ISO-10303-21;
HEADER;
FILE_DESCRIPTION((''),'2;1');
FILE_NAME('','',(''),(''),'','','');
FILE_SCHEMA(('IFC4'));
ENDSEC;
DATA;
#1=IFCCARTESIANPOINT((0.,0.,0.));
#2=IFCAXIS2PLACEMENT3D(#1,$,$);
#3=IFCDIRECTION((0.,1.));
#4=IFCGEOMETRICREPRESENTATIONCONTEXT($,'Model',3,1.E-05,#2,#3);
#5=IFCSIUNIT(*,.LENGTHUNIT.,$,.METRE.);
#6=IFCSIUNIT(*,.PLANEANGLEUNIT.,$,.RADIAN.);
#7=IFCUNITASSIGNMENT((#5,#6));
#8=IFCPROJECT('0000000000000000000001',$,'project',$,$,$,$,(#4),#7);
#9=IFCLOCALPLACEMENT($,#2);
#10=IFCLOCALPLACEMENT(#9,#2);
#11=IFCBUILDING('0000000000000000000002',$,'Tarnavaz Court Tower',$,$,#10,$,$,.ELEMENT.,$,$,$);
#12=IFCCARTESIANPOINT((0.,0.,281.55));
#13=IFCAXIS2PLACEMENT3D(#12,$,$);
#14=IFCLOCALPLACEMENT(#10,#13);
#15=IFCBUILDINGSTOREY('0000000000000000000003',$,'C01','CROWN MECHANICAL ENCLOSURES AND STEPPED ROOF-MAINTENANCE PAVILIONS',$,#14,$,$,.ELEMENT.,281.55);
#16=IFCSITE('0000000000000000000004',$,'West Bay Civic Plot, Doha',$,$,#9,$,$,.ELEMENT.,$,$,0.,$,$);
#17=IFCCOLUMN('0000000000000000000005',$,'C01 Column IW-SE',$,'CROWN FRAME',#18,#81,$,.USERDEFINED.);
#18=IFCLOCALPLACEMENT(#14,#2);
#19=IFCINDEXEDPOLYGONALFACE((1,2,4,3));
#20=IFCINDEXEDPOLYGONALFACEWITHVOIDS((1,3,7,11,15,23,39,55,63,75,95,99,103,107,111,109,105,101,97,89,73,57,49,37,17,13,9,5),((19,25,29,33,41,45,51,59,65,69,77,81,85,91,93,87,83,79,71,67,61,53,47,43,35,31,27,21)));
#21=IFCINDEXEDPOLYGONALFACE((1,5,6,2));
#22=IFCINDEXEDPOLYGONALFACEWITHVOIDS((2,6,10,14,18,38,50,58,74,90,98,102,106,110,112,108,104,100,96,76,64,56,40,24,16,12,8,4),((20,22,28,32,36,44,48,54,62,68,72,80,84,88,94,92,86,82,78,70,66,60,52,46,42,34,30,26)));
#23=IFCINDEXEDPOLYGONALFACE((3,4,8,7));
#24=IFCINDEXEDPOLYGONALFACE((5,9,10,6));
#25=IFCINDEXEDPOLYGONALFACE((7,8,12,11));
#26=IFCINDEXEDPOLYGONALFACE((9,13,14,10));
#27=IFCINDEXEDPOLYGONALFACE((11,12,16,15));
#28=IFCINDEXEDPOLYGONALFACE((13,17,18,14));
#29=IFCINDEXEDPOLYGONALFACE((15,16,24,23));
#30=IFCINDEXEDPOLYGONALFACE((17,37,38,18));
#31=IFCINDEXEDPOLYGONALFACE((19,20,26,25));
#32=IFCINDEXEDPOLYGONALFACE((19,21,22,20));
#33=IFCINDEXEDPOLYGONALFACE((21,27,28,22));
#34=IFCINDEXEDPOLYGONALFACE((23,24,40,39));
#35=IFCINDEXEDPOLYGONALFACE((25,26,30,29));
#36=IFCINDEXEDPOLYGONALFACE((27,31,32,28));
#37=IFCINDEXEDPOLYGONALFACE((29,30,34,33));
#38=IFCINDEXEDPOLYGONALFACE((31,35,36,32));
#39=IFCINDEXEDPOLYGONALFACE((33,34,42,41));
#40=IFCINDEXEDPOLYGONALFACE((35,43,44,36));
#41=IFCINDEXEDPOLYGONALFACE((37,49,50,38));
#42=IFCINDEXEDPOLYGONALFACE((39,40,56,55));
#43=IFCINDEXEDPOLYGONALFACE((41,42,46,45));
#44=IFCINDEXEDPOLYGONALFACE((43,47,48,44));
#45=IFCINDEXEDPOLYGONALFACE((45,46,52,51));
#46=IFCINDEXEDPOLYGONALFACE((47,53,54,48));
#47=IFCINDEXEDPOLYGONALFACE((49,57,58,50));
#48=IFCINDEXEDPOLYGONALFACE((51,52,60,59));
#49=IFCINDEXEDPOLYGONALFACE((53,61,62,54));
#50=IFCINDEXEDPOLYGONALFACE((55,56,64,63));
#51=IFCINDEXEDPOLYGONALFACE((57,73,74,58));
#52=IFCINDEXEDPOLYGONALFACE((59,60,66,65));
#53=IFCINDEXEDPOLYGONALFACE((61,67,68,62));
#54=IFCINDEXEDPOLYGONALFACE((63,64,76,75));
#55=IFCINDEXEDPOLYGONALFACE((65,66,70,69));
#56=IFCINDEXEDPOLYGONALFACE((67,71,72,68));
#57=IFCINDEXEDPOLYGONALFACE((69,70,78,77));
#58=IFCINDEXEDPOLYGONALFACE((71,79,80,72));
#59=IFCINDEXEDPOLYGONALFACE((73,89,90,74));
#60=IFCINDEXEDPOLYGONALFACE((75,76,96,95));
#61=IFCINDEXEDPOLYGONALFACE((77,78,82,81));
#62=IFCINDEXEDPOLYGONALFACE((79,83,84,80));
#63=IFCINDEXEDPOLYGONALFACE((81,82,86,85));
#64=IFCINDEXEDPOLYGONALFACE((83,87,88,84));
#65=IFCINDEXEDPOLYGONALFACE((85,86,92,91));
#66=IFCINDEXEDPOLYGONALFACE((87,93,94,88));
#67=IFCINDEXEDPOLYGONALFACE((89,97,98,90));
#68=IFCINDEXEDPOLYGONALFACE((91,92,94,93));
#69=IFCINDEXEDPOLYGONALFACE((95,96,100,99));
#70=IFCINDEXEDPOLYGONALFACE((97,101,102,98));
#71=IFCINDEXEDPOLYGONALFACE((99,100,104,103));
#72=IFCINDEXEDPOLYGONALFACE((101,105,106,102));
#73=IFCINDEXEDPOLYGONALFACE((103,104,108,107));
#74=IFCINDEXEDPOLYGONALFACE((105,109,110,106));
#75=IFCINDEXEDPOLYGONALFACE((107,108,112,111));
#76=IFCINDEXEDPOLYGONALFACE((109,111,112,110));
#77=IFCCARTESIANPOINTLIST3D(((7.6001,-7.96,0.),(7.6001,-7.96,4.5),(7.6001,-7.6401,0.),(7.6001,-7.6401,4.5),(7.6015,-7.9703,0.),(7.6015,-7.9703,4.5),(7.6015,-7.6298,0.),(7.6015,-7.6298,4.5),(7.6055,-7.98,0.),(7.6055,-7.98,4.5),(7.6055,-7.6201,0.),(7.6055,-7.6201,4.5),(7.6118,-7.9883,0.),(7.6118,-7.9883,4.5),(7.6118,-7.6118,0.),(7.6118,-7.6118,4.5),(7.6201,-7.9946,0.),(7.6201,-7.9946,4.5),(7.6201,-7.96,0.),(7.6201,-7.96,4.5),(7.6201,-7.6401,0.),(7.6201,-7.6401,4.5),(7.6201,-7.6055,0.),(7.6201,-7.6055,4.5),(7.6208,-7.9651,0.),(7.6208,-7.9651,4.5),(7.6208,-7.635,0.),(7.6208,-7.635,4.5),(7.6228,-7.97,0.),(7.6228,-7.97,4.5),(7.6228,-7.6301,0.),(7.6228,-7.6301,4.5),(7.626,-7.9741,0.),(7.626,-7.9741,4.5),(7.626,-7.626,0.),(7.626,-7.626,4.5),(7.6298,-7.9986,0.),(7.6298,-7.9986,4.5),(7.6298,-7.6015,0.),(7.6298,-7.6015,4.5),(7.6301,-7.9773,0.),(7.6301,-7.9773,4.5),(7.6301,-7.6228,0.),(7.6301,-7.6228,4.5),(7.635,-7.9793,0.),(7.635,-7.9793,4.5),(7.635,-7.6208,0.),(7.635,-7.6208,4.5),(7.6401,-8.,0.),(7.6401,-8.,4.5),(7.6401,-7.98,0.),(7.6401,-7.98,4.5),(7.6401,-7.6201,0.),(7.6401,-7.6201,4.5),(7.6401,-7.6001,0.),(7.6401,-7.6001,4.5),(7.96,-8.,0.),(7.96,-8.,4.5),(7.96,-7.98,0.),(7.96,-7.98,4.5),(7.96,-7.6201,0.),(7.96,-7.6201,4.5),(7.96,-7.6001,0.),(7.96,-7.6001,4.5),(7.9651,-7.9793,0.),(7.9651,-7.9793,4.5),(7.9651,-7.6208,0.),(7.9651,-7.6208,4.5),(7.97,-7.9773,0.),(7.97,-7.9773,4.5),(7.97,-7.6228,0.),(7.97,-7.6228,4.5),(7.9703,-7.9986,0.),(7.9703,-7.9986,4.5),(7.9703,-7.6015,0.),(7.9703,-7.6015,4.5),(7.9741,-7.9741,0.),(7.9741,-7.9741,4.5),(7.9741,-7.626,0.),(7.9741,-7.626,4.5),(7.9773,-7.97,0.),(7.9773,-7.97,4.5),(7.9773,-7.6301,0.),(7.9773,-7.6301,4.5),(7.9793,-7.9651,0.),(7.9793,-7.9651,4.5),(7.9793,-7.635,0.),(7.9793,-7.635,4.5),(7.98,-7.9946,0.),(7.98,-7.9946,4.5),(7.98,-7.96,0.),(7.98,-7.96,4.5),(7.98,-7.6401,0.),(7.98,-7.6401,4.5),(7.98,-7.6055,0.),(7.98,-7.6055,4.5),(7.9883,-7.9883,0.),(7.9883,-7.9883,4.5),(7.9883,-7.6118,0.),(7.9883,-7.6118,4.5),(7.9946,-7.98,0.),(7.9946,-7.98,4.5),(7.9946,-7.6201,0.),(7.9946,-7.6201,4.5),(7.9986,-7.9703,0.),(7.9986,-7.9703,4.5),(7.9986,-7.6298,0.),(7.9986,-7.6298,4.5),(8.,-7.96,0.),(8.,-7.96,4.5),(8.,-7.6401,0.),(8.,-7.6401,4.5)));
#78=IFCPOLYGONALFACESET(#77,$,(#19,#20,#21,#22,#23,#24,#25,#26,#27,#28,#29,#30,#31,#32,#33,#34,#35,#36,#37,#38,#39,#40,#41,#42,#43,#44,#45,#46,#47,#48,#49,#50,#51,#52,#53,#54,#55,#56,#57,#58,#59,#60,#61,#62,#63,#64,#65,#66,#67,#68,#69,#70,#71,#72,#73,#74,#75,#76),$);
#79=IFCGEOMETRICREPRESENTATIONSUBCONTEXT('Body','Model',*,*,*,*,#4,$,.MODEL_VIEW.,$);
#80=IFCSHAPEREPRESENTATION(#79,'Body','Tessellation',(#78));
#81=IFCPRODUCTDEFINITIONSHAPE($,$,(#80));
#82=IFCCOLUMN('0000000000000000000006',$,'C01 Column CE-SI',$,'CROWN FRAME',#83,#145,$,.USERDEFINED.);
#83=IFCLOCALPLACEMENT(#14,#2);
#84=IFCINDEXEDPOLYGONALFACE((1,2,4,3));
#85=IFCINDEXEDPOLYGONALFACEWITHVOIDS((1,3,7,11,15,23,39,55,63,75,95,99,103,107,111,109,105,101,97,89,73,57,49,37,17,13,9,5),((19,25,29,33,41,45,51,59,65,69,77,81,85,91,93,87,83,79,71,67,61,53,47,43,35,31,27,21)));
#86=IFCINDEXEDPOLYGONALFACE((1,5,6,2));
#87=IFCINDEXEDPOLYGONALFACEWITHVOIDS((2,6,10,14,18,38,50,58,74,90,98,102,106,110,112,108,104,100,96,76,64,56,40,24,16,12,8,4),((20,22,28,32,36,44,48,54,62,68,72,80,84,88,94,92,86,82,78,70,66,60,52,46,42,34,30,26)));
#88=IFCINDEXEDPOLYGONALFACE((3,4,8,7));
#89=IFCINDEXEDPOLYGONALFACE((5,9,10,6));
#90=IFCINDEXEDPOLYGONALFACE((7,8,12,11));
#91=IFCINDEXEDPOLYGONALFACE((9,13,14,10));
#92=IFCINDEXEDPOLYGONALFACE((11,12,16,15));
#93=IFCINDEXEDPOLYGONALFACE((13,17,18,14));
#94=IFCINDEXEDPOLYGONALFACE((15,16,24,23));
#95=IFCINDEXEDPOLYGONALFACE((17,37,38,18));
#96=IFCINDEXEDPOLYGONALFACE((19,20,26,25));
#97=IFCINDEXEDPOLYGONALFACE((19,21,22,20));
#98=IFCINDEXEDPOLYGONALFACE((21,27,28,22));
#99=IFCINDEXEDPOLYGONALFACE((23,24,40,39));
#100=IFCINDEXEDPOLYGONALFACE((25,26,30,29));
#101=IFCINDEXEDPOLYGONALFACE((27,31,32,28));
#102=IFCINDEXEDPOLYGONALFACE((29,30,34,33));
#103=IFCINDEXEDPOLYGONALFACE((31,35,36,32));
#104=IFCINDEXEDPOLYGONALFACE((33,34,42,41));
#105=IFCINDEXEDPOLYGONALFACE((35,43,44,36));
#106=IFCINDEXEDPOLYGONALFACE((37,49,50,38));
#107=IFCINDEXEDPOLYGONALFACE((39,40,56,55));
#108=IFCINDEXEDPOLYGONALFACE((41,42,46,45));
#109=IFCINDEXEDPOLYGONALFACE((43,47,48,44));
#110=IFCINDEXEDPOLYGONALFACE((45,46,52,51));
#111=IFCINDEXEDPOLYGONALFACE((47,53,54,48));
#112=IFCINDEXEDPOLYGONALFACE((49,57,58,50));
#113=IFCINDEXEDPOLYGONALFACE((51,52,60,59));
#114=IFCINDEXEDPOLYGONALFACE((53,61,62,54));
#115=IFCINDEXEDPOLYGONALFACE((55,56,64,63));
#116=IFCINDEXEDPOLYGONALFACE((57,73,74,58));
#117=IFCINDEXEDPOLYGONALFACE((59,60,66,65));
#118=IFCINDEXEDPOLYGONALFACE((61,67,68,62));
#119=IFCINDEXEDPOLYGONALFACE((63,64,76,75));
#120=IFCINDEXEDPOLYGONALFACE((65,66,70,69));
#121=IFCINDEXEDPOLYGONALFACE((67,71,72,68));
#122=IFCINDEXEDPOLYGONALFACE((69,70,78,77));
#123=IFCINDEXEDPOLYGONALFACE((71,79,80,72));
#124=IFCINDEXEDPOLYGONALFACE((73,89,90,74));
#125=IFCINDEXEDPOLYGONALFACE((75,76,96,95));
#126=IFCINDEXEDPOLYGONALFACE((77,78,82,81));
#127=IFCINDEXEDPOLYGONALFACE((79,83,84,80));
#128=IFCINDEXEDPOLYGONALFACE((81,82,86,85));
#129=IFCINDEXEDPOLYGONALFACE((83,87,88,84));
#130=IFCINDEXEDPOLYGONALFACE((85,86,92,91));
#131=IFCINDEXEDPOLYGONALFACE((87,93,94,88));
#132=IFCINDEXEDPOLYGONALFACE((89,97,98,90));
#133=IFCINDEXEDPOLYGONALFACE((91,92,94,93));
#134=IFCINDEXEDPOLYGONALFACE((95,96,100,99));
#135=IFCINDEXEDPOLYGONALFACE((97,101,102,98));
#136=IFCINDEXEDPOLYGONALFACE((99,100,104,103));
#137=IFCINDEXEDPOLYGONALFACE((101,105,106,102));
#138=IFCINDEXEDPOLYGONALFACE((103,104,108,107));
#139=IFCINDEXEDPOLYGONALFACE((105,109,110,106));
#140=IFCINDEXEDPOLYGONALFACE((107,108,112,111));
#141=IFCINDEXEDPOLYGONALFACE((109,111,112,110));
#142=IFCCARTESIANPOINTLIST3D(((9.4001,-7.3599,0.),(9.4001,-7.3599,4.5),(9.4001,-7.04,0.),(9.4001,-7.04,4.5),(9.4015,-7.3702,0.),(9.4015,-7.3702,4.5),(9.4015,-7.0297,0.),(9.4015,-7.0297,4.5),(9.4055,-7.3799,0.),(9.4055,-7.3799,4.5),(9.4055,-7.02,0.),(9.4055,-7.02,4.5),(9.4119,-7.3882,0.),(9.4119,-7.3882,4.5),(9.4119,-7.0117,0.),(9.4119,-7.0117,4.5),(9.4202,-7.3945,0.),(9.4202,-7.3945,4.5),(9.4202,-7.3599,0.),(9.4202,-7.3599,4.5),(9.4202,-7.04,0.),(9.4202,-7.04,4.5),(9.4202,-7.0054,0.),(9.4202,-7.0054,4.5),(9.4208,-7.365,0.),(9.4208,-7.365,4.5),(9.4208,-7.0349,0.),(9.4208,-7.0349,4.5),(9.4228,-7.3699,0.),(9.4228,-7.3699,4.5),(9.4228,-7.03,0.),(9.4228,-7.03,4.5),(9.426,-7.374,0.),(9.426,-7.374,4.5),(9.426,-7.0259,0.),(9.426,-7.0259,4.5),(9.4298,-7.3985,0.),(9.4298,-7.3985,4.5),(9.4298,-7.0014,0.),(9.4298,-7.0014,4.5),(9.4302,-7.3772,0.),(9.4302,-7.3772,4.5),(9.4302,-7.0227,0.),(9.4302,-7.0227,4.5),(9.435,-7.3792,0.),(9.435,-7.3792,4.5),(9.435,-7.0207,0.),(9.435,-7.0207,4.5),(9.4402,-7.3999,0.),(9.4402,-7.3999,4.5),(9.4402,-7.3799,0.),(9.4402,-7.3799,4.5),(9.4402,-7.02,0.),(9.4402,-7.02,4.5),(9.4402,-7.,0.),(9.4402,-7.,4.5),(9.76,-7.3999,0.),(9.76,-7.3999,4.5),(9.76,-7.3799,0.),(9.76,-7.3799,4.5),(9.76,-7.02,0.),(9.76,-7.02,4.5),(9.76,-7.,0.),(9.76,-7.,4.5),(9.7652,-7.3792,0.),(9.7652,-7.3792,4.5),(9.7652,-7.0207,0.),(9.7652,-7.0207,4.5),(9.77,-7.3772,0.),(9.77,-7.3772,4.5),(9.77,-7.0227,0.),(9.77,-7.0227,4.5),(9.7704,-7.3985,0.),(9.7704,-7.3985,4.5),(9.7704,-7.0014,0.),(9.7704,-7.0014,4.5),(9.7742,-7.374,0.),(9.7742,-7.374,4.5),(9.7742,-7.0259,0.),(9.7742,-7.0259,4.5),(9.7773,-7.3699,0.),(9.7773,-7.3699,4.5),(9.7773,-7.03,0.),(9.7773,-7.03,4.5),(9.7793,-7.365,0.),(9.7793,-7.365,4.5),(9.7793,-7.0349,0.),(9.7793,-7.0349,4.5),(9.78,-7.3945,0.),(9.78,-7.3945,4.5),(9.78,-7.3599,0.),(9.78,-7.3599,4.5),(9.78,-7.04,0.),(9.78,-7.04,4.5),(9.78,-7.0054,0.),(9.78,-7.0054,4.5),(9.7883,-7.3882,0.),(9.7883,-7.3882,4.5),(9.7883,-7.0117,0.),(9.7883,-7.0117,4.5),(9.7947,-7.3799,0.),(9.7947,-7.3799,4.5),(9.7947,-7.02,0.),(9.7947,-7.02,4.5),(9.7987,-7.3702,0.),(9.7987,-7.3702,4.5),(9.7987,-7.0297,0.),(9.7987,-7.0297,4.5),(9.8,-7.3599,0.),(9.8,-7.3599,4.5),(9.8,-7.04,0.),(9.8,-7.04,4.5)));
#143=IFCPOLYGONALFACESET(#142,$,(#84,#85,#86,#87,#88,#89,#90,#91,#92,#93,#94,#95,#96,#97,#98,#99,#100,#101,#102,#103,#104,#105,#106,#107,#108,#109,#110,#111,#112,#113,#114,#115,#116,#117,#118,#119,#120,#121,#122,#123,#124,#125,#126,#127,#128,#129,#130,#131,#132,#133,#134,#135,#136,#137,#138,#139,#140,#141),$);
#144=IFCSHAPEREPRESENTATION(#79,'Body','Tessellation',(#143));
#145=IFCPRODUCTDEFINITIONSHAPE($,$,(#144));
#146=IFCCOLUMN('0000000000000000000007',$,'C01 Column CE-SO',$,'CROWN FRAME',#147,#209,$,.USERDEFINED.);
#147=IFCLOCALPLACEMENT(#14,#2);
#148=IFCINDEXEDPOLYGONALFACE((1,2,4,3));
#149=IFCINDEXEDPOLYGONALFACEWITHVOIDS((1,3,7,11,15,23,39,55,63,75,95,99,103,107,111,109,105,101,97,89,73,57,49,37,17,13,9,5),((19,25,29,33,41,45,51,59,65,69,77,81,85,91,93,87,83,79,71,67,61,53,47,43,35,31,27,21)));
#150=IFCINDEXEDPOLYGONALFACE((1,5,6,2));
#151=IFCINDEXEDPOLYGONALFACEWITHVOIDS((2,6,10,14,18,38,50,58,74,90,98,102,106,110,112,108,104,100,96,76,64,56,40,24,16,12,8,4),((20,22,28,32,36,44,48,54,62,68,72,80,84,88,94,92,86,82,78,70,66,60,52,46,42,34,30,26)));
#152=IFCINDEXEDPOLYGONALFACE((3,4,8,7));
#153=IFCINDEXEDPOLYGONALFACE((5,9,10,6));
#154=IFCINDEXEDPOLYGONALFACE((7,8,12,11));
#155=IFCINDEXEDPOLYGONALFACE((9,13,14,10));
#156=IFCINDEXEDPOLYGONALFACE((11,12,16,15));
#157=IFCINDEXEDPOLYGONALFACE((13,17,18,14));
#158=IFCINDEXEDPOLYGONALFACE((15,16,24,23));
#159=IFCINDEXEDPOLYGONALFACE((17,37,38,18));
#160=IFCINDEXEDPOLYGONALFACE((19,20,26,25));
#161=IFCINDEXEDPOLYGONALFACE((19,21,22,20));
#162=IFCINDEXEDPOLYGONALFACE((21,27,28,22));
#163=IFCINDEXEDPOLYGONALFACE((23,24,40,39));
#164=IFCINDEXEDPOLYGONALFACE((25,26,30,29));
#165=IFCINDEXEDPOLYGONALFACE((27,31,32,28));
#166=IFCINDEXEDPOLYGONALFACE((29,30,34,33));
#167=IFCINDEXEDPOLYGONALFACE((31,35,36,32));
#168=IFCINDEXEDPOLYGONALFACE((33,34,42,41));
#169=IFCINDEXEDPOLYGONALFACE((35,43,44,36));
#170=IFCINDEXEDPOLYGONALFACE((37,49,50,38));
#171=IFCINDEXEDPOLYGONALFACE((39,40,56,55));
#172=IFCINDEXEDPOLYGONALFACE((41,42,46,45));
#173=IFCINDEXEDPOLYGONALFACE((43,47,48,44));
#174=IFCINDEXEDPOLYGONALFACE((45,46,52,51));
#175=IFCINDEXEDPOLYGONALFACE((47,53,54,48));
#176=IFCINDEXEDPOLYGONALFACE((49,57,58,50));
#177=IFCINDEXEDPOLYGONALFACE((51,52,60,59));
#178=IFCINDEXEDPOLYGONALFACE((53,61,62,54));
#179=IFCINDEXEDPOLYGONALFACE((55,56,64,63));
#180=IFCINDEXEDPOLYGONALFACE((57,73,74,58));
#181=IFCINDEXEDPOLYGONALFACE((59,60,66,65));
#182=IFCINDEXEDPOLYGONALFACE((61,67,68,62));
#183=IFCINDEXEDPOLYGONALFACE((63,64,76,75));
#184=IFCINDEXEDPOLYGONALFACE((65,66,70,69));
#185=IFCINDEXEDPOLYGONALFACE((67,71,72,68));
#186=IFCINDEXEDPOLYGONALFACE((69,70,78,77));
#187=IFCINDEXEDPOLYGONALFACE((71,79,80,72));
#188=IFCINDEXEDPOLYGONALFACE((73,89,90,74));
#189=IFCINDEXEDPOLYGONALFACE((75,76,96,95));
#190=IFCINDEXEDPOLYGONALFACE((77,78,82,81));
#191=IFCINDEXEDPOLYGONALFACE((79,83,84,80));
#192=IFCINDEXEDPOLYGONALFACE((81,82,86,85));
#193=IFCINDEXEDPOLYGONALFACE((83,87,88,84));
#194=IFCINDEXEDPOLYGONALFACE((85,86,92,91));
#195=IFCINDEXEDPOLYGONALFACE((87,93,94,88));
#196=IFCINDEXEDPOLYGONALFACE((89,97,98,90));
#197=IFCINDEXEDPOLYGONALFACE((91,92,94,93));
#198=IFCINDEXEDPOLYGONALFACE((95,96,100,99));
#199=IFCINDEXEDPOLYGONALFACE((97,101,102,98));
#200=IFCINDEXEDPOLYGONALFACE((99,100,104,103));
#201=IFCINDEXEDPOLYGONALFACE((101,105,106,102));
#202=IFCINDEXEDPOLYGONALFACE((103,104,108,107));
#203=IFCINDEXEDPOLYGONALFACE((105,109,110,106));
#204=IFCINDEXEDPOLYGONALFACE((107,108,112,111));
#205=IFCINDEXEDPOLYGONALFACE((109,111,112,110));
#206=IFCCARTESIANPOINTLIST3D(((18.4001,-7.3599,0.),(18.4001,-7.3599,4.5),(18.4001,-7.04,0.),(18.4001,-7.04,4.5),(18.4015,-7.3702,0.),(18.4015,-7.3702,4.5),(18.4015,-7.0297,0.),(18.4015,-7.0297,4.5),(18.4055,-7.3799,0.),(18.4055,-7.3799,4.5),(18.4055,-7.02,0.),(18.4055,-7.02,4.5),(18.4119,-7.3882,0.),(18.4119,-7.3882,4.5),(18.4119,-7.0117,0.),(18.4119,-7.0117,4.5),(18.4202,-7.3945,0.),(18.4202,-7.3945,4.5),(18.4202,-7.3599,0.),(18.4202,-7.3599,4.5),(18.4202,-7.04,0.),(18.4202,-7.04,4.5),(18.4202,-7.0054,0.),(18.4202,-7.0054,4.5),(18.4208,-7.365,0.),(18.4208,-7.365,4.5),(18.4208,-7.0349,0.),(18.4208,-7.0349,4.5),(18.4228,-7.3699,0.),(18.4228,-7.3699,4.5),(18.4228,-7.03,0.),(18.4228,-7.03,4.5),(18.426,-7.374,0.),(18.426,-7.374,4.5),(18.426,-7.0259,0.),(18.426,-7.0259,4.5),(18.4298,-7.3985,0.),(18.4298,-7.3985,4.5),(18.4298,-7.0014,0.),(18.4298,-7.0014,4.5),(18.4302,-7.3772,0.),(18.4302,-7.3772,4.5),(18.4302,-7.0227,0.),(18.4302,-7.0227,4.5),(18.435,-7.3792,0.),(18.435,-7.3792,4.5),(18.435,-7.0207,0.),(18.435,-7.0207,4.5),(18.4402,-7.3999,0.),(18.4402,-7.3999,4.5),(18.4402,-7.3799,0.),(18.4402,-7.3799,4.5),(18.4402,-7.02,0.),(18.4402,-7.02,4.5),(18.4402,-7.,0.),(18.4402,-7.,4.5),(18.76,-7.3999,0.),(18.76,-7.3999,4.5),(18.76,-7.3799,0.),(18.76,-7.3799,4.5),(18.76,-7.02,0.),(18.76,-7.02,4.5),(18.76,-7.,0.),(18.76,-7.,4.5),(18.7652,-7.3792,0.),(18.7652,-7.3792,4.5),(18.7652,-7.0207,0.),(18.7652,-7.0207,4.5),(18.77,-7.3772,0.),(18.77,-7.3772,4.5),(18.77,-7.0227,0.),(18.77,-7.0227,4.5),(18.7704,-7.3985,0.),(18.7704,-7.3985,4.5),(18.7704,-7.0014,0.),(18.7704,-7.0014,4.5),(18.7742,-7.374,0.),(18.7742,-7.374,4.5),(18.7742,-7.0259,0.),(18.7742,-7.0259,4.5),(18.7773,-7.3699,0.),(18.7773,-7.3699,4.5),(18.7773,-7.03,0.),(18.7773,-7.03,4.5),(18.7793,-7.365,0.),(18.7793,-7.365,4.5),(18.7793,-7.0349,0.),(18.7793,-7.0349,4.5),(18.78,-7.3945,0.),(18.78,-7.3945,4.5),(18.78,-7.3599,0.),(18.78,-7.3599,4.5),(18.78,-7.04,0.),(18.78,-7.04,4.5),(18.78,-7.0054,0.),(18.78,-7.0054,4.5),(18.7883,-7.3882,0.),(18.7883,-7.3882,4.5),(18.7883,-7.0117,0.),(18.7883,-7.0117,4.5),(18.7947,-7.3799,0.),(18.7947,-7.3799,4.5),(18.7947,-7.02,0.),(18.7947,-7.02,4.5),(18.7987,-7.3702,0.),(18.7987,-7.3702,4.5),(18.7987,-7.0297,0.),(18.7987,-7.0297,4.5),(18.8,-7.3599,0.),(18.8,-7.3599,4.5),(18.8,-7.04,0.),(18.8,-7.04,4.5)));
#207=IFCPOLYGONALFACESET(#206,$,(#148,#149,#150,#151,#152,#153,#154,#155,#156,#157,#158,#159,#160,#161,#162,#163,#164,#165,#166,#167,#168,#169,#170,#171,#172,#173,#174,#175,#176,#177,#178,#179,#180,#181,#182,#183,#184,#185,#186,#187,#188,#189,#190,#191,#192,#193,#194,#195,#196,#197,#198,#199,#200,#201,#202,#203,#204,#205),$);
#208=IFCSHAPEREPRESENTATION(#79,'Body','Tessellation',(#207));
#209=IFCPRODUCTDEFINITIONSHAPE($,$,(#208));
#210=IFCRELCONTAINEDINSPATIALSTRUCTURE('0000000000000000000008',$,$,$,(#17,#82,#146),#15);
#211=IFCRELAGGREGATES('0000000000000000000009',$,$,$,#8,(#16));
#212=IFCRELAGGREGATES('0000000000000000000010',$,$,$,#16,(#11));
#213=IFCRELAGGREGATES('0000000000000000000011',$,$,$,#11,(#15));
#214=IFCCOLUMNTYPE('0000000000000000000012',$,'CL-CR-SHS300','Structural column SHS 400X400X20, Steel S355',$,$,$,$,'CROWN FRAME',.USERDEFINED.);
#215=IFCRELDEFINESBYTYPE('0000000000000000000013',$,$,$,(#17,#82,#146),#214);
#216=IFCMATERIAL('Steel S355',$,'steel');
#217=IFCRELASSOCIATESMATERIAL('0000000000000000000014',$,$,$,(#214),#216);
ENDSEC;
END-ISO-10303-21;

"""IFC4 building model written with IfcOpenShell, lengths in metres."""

from ifc_helpers import new_model, si_unit, direction, frame, origin, origin_2d, place, context, subcontext, project, spatial, hollow_rectangle, extrude, material, material_profile, profile_set, type_object, element, save


model = new_model("IFC4")

# Units and contexts
model_context = context("Model", 3, precision=1e-05, world=origin(), true_north=direction((0.0, 1.0)))
body_context = subcontext(model_context, "Body", "Model", "MODEL_VIEW")
ifc_project = project(units=[si_unit("LENGTHUNIT", "METRE"), si_unit("PLANEANGLEUNIT", "RADIAN")], contexts=[model_context])

# Site, building, storey
site_placement = place(None, origin())
site = spatial("IfcSite", under=ifc_project, at=site_placement, Name="West Bay Civic Plot, Doha", CompositionType="ELEMENT", RefElevation=0.0)
building_placement = place(site_placement, origin())
building = spatial("IfcBuilding", under=site, at=building_placement, Name="Tarnavaz Court Tower", CompositionType="ELEMENT")
storey_placement = place(building_placement, frame((0.0, 0.0, 281.55)))
storey = spatial("IfcBuildingStorey", under=building, at=storey_placement, Name="C01", Description="CROWN MECHANICAL ENCLOSURES AND STEPPED ROOF-MAINTENANCE PAVILIONS", CompositionType="ELEMENT", Elevation=281.55)

# Columns
ifc_material_1 = material(Name="Steel S355", Category="steel")
ifc_material_profile_1 = material_profile(ifc_material_1, hollow_rectangle(XDim=0.3999, YDim=0.3999, WallThickness=0.02, InnerFilletRadius=0.02, OuterFilletRadius=0.04, at=origin_2d()), Name="SHS 400X400X20")
ifc_profile_set_1 = profile_set([ifc_material_profile_1], Name="Steel S355")
column_type = type_object("IfcColumnType", Name="CL-CR-SHS300", Description="Structural column SHS 400X400X20, Steel S355", ElementType="CROWN FRAME", PredefinedType="USERDEFINED", material=ifc_profile_set_1)
for number, where, z_axis, x_axis, name in (
    (1, (7.8, -7.8, 0.0), (0.0, 0.0, 1.0), (1.0, 0.0, 0.0), "C01 Column IW-SE"),
    (2, (9.6001, -7.2, 0.0), (0.0, 0.0, 1.0), (1.0, 0.0, 0.0), "C01 Column CE-SI"),
    (3, (18.6001, -7.2, 0.0), (0.0, 0.0, 1.0), (1.0, 0.0, 0.0), "C01 Column CE-SO"),
):
    element("IfcColumn", number, at=place(storey_placement, frame(where, z_axis=z_axis, x_axis=x_axis)), inside=storey, type_object=column_type, Name=name, ObjectType="CROWN FRAME", PredefinedType="USERDEFINED", context=body_context, shape_type="SweptSolid", body=[
        extrude(hollow_rectangle(XDim=0.3999, YDim=0.3999, WallThickness=0.02, InnerFilletRadius=0.02, OuterFilletRadius=0.04, at=origin_2d()), origin(), (0.0, 0.0, 1.0), 4.5),
    ])

save(model, "model.ifc")
